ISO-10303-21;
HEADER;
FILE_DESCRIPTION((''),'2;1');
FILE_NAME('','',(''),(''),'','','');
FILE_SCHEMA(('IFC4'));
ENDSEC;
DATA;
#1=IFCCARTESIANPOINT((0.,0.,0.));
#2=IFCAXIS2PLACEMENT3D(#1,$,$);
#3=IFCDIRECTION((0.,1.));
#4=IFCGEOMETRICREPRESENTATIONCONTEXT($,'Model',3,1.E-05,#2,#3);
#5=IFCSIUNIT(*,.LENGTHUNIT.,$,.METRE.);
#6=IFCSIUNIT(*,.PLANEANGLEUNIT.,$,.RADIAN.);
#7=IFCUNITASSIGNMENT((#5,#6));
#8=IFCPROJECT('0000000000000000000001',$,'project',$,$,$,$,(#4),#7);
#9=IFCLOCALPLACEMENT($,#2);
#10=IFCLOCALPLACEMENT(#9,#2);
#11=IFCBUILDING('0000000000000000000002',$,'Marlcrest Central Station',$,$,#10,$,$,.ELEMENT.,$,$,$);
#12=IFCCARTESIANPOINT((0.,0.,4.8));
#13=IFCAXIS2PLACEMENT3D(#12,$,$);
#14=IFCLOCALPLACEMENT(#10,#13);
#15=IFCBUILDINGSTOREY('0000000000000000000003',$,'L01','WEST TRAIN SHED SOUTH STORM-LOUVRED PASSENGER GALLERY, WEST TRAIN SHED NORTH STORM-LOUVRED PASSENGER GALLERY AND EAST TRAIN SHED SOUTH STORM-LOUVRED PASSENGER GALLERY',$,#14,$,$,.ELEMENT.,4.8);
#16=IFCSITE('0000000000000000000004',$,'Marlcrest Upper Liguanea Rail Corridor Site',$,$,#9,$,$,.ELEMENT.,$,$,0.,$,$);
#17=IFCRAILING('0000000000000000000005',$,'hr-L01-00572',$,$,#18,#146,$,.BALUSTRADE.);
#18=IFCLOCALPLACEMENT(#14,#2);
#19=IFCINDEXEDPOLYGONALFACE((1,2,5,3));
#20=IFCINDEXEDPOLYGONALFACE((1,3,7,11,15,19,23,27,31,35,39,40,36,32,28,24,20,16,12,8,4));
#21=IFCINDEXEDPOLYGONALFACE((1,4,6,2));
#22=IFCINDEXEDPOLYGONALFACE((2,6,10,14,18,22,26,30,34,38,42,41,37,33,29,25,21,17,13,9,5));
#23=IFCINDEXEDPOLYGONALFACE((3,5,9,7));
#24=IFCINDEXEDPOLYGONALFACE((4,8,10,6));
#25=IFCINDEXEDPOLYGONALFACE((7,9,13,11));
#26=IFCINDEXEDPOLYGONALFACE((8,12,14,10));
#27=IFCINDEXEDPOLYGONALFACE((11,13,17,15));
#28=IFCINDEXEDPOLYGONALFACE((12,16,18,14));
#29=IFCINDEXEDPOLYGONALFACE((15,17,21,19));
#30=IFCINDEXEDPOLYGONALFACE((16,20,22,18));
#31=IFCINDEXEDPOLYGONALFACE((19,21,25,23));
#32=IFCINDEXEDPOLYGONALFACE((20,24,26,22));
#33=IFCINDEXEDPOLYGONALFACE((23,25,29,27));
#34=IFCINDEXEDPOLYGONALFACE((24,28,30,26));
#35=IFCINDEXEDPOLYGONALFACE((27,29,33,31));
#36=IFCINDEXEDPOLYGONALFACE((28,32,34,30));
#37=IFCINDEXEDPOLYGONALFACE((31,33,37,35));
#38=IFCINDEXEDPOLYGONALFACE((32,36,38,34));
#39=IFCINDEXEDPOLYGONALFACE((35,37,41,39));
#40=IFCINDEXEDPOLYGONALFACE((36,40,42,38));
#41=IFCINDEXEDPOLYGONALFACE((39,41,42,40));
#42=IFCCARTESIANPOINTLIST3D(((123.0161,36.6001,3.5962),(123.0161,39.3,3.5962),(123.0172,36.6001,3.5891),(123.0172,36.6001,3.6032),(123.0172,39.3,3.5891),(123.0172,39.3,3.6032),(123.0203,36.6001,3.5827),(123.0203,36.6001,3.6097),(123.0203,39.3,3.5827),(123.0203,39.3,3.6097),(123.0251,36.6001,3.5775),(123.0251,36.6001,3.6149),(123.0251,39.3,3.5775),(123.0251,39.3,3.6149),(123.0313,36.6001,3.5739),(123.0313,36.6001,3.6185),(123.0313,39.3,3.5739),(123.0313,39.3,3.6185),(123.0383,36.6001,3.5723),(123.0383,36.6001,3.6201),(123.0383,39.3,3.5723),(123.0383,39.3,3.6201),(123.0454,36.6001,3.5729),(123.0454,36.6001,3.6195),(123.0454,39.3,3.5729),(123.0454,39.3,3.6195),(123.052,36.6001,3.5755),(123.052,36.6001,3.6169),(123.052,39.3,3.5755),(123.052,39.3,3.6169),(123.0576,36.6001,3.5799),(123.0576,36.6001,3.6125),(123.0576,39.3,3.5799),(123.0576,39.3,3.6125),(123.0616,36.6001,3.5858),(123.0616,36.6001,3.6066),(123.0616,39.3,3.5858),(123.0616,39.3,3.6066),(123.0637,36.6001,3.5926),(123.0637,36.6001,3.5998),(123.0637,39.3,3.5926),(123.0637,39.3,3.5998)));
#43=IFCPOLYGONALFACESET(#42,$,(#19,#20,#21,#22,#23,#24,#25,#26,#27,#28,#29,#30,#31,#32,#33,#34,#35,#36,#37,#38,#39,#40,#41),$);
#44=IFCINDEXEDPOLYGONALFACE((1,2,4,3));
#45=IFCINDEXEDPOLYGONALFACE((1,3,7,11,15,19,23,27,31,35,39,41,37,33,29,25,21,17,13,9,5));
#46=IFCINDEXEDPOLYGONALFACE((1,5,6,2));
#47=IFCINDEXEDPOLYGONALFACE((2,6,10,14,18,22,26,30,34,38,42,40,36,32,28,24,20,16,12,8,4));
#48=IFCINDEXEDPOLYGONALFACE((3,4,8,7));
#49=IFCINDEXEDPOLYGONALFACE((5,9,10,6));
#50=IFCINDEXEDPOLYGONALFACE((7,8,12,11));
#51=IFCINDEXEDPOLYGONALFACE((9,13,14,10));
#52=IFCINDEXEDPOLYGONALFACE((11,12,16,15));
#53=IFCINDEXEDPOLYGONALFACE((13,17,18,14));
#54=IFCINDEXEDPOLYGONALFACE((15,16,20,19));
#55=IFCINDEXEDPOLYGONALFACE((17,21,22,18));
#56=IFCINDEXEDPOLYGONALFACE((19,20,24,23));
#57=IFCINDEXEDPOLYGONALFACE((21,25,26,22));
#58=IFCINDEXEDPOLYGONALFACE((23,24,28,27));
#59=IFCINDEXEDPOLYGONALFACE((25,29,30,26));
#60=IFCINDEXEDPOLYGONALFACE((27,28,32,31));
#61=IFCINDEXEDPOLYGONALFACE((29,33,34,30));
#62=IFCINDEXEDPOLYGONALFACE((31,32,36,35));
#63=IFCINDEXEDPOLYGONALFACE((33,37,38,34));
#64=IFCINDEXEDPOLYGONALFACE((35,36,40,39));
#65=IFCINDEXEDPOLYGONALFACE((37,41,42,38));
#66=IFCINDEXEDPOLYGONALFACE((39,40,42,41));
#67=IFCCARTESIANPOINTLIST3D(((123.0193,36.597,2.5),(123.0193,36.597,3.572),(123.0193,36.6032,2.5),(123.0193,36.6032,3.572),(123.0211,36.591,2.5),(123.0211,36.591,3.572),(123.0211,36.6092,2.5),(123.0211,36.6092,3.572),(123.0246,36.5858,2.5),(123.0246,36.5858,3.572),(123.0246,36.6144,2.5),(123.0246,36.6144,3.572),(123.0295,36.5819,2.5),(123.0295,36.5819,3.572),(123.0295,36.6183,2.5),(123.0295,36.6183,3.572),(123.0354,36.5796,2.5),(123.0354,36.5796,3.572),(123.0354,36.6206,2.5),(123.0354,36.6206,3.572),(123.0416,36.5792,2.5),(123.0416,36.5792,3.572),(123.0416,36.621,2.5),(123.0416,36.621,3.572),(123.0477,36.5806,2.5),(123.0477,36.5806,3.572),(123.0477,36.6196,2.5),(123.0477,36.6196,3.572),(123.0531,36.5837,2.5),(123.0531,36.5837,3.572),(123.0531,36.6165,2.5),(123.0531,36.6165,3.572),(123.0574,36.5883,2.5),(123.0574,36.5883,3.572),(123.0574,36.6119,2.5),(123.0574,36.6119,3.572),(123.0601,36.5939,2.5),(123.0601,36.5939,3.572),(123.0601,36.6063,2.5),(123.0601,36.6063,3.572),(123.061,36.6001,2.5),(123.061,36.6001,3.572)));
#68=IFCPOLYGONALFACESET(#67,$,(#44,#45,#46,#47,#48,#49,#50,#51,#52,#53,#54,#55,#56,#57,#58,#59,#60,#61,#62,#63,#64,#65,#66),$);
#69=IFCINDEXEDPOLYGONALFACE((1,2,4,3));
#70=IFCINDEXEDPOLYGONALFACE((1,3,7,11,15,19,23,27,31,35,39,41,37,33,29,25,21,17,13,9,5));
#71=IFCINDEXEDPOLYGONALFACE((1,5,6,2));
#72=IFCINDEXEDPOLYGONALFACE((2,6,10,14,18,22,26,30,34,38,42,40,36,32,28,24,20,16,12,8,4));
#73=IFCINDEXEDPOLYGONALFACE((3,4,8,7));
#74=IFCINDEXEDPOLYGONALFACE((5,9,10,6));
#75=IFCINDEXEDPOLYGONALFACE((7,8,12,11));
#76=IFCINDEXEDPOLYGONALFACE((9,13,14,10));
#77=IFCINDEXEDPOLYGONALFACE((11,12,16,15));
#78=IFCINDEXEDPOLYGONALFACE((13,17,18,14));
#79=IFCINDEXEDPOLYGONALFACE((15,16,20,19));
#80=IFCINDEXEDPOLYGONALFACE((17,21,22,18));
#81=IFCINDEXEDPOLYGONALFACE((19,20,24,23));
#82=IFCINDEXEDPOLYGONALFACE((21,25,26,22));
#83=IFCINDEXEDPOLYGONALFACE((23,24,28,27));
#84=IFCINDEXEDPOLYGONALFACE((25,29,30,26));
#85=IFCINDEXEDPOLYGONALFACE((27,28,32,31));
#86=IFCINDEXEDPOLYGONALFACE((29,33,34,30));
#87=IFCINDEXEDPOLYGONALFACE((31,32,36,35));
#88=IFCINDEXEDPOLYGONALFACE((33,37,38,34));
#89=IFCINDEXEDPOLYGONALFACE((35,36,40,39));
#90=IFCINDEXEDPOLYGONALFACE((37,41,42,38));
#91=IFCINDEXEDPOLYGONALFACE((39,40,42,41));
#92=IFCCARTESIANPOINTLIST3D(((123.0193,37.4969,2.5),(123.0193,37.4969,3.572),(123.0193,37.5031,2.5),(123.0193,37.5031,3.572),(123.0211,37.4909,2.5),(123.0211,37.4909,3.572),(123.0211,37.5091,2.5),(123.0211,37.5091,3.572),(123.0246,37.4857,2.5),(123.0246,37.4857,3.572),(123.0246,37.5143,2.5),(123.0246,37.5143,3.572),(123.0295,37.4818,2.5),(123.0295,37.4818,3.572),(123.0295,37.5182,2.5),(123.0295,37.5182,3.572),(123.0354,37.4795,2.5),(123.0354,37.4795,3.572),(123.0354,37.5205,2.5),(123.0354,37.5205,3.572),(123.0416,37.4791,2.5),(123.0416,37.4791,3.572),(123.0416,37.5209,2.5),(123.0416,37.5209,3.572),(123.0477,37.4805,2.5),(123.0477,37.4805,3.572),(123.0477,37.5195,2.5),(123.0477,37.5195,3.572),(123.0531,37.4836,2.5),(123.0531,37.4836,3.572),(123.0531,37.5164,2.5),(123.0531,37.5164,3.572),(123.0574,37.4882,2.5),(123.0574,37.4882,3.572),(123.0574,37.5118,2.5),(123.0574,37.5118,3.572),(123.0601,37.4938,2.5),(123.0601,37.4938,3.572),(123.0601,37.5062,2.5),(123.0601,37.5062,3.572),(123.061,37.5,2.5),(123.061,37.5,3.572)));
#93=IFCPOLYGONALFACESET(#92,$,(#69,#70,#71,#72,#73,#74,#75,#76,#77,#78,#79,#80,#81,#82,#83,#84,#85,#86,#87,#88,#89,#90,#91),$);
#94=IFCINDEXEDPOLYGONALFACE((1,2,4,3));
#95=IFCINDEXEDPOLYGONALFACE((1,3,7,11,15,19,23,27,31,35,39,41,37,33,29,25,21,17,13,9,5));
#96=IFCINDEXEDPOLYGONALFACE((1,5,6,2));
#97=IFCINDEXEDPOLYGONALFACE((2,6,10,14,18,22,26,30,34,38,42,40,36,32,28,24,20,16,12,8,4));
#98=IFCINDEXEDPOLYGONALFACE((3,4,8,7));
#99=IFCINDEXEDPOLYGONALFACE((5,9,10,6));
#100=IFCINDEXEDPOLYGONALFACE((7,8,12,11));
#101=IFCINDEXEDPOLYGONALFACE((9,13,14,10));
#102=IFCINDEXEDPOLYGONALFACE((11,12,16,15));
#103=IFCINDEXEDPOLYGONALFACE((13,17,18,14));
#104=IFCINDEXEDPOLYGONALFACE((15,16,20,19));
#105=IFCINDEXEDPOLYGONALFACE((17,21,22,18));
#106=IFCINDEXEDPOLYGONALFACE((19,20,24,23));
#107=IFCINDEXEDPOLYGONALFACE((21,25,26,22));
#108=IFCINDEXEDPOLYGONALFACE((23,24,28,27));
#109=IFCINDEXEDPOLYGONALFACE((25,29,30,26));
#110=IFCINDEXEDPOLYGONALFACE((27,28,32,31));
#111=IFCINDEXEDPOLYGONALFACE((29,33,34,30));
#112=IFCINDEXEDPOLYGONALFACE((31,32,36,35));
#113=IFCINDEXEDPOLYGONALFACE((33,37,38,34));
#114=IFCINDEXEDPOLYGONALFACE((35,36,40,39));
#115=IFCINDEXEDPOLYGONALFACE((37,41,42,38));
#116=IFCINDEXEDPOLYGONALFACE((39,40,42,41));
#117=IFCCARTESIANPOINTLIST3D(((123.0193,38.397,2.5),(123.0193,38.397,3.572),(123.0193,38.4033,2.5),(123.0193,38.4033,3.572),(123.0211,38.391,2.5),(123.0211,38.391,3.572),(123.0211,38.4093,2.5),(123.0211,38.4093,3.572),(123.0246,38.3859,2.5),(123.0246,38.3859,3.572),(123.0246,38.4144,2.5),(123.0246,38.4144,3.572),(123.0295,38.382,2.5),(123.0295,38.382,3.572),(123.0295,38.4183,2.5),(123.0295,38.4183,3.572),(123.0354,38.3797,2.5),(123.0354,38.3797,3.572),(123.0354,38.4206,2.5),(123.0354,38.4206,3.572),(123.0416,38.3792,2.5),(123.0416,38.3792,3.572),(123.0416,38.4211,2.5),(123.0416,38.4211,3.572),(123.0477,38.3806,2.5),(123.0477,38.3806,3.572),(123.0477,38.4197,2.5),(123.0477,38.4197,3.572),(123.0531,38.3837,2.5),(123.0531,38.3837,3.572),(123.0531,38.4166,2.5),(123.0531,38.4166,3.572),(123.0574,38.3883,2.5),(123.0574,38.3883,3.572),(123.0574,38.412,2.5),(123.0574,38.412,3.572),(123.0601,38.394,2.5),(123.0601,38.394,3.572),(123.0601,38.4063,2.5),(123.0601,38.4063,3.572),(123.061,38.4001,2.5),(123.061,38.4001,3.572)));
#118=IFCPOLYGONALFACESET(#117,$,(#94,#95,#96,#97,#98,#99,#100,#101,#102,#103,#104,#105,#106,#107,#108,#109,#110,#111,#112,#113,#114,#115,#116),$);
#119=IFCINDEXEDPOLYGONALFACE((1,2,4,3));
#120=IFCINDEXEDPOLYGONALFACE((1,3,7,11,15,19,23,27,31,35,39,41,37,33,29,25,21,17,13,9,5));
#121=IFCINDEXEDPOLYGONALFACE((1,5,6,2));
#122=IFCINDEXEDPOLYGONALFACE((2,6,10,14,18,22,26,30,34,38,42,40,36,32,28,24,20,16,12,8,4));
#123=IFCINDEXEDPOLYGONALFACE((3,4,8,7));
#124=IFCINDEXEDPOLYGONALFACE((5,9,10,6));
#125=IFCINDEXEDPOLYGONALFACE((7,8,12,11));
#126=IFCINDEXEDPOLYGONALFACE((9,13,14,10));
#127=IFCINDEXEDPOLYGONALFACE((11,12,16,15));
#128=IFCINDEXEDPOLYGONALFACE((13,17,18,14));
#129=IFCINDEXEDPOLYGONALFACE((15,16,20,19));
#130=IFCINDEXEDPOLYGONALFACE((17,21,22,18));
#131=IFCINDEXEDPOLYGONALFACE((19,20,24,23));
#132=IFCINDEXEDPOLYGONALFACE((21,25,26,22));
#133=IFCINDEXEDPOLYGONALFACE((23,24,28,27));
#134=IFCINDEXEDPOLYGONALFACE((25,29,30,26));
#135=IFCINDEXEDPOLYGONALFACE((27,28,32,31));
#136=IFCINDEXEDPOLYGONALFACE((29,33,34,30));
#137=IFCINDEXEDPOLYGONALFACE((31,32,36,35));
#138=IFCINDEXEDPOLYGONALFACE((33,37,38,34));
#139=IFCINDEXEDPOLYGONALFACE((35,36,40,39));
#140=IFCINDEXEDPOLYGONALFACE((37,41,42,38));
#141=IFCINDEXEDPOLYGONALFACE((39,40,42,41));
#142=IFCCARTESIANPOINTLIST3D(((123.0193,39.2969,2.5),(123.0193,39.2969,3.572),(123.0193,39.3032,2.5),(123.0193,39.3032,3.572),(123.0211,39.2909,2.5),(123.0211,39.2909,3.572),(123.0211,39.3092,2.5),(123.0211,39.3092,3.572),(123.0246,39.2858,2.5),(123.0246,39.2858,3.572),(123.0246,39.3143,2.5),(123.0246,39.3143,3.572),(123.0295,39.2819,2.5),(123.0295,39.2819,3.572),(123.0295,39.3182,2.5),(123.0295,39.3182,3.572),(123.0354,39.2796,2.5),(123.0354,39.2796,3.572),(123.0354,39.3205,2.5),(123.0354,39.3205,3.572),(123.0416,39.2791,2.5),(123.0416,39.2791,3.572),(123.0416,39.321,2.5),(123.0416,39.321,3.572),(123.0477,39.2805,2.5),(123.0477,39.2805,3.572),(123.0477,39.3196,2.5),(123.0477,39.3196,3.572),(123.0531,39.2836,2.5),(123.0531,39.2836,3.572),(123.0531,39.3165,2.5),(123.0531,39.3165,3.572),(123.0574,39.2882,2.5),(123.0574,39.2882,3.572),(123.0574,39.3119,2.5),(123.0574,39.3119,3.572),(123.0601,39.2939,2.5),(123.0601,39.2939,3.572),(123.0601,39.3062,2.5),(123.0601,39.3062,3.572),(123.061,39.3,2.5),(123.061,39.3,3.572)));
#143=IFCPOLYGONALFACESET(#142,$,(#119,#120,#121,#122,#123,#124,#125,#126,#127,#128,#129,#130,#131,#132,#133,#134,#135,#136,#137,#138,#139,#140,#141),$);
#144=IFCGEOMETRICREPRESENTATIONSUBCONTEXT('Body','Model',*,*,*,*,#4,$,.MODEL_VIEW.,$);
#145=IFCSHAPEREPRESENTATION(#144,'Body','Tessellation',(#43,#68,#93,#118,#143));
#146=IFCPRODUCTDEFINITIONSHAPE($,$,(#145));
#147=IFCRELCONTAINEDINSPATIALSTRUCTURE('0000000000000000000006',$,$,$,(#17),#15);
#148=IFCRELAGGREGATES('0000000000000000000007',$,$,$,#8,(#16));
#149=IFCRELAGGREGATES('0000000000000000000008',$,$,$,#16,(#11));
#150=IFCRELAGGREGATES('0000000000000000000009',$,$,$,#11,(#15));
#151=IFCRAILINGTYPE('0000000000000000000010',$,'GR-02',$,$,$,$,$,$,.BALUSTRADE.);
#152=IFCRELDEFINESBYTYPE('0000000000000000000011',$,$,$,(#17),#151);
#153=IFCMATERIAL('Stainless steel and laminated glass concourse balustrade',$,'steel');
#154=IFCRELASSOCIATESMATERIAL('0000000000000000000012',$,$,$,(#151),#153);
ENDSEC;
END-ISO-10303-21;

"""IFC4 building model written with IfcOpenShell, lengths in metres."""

from ifc_helpers import new_model, si_unit, direction, frame, origin, origin_2d, place, context, subcontext, project, spatial, circle, extrude, material, type_object, element, save


model = new_model("IFC4")

# Units and contexts
model_context = context("Model", 3, precision=1e-05, world=origin(), true_north=direction((0.0, 1.0)))
body_context = subcontext(model_context, "Body", "Model", "MODEL_VIEW")
ifc_project = project(units=[si_unit("LENGTHUNIT", "METRE"), si_unit("PLANEANGLEUNIT", "RADIAN")], contexts=[model_context])

# Site, building, storey
site_placement = place(None, origin())
site = spatial("IfcSite", under=ifc_project, at=site_placement, Name="Marlcrest Upper Liguanea Rail Corridor Site", CompositionType="ELEMENT", RefElevation=0.0)
building_placement = place(site_placement, origin())
building = spatial("IfcBuilding", under=site, at=building_placement, Name="Marlcrest Central Station", CompositionType="ELEMENT")
storey_placement = place(building_placement, frame((0.0, 0.0, 4.8)))
storey = spatial("IfcBuildingStorey", under=building, at=storey_placement, Name="L01", Description="WEST TRAIN SHED SOUTH STORM-LOUVRED PASSENGER GALLERY, WEST TRAIN SHED NORTH STORM-LOUVRED PASSENGER GALLERY AND EAST TRAIN SHED SOUTH STORM-LOUVRED PASSENGER GALLERY", CompositionType="ELEMENT", Elevation=4.8)

# Railing
ifc_material_1 = material(Name="Stainless steel and laminated glass concourse balustrade", Category="steel")
railing_type_1 = type_object("IfcRailingType", Name="GR-02", PredefinedType="BALUSTRADE", material=ifc_material_1)
railing_1_placement = place(storey_placement, frame((123.04, 36.6001, 2.5)))
element("IfcRailing", 1, at=railing_1_placement, inside=storey, type_object=railing_type_1, Name="hr-L01-00572", PredefinedType="BALUSTRADE", context=body_context, shape_type="SweptSolid", body=[
    extrude(circle(Radius=0.0239, at=origin_2d()), frame((0.0, 0.0, 1.0962), z_axis=(0.0, 1.0, 0.0), x_axis=(-1.0, 0.0, 0.0)), (0.0, 0.0, 1.0), 2.7),
    extrude(circle(Radius=0.021, at=origin_2d()), origin(), (0.0, 0.0, 1.0), 1.072),
    extrude(circle(Radius=0.021, at=origin_2d()), frame((0.0, 0.8999, 0.0)), (0.0, 0.0, 1.0), 1.072),
    extrude(circle(Radius=0.021, at=origin_2d()), frame((0.0, 1.8, 0.0)), (0.0, 0.0, 1.0), 1.072),
    extrude(circle(Radius=0.021, at=origin_2d()), frame((0.0, 2.7, 0.0)), (0.0, 0.0, 1.0), 1.072),
])

save(model, "model.ifc")
